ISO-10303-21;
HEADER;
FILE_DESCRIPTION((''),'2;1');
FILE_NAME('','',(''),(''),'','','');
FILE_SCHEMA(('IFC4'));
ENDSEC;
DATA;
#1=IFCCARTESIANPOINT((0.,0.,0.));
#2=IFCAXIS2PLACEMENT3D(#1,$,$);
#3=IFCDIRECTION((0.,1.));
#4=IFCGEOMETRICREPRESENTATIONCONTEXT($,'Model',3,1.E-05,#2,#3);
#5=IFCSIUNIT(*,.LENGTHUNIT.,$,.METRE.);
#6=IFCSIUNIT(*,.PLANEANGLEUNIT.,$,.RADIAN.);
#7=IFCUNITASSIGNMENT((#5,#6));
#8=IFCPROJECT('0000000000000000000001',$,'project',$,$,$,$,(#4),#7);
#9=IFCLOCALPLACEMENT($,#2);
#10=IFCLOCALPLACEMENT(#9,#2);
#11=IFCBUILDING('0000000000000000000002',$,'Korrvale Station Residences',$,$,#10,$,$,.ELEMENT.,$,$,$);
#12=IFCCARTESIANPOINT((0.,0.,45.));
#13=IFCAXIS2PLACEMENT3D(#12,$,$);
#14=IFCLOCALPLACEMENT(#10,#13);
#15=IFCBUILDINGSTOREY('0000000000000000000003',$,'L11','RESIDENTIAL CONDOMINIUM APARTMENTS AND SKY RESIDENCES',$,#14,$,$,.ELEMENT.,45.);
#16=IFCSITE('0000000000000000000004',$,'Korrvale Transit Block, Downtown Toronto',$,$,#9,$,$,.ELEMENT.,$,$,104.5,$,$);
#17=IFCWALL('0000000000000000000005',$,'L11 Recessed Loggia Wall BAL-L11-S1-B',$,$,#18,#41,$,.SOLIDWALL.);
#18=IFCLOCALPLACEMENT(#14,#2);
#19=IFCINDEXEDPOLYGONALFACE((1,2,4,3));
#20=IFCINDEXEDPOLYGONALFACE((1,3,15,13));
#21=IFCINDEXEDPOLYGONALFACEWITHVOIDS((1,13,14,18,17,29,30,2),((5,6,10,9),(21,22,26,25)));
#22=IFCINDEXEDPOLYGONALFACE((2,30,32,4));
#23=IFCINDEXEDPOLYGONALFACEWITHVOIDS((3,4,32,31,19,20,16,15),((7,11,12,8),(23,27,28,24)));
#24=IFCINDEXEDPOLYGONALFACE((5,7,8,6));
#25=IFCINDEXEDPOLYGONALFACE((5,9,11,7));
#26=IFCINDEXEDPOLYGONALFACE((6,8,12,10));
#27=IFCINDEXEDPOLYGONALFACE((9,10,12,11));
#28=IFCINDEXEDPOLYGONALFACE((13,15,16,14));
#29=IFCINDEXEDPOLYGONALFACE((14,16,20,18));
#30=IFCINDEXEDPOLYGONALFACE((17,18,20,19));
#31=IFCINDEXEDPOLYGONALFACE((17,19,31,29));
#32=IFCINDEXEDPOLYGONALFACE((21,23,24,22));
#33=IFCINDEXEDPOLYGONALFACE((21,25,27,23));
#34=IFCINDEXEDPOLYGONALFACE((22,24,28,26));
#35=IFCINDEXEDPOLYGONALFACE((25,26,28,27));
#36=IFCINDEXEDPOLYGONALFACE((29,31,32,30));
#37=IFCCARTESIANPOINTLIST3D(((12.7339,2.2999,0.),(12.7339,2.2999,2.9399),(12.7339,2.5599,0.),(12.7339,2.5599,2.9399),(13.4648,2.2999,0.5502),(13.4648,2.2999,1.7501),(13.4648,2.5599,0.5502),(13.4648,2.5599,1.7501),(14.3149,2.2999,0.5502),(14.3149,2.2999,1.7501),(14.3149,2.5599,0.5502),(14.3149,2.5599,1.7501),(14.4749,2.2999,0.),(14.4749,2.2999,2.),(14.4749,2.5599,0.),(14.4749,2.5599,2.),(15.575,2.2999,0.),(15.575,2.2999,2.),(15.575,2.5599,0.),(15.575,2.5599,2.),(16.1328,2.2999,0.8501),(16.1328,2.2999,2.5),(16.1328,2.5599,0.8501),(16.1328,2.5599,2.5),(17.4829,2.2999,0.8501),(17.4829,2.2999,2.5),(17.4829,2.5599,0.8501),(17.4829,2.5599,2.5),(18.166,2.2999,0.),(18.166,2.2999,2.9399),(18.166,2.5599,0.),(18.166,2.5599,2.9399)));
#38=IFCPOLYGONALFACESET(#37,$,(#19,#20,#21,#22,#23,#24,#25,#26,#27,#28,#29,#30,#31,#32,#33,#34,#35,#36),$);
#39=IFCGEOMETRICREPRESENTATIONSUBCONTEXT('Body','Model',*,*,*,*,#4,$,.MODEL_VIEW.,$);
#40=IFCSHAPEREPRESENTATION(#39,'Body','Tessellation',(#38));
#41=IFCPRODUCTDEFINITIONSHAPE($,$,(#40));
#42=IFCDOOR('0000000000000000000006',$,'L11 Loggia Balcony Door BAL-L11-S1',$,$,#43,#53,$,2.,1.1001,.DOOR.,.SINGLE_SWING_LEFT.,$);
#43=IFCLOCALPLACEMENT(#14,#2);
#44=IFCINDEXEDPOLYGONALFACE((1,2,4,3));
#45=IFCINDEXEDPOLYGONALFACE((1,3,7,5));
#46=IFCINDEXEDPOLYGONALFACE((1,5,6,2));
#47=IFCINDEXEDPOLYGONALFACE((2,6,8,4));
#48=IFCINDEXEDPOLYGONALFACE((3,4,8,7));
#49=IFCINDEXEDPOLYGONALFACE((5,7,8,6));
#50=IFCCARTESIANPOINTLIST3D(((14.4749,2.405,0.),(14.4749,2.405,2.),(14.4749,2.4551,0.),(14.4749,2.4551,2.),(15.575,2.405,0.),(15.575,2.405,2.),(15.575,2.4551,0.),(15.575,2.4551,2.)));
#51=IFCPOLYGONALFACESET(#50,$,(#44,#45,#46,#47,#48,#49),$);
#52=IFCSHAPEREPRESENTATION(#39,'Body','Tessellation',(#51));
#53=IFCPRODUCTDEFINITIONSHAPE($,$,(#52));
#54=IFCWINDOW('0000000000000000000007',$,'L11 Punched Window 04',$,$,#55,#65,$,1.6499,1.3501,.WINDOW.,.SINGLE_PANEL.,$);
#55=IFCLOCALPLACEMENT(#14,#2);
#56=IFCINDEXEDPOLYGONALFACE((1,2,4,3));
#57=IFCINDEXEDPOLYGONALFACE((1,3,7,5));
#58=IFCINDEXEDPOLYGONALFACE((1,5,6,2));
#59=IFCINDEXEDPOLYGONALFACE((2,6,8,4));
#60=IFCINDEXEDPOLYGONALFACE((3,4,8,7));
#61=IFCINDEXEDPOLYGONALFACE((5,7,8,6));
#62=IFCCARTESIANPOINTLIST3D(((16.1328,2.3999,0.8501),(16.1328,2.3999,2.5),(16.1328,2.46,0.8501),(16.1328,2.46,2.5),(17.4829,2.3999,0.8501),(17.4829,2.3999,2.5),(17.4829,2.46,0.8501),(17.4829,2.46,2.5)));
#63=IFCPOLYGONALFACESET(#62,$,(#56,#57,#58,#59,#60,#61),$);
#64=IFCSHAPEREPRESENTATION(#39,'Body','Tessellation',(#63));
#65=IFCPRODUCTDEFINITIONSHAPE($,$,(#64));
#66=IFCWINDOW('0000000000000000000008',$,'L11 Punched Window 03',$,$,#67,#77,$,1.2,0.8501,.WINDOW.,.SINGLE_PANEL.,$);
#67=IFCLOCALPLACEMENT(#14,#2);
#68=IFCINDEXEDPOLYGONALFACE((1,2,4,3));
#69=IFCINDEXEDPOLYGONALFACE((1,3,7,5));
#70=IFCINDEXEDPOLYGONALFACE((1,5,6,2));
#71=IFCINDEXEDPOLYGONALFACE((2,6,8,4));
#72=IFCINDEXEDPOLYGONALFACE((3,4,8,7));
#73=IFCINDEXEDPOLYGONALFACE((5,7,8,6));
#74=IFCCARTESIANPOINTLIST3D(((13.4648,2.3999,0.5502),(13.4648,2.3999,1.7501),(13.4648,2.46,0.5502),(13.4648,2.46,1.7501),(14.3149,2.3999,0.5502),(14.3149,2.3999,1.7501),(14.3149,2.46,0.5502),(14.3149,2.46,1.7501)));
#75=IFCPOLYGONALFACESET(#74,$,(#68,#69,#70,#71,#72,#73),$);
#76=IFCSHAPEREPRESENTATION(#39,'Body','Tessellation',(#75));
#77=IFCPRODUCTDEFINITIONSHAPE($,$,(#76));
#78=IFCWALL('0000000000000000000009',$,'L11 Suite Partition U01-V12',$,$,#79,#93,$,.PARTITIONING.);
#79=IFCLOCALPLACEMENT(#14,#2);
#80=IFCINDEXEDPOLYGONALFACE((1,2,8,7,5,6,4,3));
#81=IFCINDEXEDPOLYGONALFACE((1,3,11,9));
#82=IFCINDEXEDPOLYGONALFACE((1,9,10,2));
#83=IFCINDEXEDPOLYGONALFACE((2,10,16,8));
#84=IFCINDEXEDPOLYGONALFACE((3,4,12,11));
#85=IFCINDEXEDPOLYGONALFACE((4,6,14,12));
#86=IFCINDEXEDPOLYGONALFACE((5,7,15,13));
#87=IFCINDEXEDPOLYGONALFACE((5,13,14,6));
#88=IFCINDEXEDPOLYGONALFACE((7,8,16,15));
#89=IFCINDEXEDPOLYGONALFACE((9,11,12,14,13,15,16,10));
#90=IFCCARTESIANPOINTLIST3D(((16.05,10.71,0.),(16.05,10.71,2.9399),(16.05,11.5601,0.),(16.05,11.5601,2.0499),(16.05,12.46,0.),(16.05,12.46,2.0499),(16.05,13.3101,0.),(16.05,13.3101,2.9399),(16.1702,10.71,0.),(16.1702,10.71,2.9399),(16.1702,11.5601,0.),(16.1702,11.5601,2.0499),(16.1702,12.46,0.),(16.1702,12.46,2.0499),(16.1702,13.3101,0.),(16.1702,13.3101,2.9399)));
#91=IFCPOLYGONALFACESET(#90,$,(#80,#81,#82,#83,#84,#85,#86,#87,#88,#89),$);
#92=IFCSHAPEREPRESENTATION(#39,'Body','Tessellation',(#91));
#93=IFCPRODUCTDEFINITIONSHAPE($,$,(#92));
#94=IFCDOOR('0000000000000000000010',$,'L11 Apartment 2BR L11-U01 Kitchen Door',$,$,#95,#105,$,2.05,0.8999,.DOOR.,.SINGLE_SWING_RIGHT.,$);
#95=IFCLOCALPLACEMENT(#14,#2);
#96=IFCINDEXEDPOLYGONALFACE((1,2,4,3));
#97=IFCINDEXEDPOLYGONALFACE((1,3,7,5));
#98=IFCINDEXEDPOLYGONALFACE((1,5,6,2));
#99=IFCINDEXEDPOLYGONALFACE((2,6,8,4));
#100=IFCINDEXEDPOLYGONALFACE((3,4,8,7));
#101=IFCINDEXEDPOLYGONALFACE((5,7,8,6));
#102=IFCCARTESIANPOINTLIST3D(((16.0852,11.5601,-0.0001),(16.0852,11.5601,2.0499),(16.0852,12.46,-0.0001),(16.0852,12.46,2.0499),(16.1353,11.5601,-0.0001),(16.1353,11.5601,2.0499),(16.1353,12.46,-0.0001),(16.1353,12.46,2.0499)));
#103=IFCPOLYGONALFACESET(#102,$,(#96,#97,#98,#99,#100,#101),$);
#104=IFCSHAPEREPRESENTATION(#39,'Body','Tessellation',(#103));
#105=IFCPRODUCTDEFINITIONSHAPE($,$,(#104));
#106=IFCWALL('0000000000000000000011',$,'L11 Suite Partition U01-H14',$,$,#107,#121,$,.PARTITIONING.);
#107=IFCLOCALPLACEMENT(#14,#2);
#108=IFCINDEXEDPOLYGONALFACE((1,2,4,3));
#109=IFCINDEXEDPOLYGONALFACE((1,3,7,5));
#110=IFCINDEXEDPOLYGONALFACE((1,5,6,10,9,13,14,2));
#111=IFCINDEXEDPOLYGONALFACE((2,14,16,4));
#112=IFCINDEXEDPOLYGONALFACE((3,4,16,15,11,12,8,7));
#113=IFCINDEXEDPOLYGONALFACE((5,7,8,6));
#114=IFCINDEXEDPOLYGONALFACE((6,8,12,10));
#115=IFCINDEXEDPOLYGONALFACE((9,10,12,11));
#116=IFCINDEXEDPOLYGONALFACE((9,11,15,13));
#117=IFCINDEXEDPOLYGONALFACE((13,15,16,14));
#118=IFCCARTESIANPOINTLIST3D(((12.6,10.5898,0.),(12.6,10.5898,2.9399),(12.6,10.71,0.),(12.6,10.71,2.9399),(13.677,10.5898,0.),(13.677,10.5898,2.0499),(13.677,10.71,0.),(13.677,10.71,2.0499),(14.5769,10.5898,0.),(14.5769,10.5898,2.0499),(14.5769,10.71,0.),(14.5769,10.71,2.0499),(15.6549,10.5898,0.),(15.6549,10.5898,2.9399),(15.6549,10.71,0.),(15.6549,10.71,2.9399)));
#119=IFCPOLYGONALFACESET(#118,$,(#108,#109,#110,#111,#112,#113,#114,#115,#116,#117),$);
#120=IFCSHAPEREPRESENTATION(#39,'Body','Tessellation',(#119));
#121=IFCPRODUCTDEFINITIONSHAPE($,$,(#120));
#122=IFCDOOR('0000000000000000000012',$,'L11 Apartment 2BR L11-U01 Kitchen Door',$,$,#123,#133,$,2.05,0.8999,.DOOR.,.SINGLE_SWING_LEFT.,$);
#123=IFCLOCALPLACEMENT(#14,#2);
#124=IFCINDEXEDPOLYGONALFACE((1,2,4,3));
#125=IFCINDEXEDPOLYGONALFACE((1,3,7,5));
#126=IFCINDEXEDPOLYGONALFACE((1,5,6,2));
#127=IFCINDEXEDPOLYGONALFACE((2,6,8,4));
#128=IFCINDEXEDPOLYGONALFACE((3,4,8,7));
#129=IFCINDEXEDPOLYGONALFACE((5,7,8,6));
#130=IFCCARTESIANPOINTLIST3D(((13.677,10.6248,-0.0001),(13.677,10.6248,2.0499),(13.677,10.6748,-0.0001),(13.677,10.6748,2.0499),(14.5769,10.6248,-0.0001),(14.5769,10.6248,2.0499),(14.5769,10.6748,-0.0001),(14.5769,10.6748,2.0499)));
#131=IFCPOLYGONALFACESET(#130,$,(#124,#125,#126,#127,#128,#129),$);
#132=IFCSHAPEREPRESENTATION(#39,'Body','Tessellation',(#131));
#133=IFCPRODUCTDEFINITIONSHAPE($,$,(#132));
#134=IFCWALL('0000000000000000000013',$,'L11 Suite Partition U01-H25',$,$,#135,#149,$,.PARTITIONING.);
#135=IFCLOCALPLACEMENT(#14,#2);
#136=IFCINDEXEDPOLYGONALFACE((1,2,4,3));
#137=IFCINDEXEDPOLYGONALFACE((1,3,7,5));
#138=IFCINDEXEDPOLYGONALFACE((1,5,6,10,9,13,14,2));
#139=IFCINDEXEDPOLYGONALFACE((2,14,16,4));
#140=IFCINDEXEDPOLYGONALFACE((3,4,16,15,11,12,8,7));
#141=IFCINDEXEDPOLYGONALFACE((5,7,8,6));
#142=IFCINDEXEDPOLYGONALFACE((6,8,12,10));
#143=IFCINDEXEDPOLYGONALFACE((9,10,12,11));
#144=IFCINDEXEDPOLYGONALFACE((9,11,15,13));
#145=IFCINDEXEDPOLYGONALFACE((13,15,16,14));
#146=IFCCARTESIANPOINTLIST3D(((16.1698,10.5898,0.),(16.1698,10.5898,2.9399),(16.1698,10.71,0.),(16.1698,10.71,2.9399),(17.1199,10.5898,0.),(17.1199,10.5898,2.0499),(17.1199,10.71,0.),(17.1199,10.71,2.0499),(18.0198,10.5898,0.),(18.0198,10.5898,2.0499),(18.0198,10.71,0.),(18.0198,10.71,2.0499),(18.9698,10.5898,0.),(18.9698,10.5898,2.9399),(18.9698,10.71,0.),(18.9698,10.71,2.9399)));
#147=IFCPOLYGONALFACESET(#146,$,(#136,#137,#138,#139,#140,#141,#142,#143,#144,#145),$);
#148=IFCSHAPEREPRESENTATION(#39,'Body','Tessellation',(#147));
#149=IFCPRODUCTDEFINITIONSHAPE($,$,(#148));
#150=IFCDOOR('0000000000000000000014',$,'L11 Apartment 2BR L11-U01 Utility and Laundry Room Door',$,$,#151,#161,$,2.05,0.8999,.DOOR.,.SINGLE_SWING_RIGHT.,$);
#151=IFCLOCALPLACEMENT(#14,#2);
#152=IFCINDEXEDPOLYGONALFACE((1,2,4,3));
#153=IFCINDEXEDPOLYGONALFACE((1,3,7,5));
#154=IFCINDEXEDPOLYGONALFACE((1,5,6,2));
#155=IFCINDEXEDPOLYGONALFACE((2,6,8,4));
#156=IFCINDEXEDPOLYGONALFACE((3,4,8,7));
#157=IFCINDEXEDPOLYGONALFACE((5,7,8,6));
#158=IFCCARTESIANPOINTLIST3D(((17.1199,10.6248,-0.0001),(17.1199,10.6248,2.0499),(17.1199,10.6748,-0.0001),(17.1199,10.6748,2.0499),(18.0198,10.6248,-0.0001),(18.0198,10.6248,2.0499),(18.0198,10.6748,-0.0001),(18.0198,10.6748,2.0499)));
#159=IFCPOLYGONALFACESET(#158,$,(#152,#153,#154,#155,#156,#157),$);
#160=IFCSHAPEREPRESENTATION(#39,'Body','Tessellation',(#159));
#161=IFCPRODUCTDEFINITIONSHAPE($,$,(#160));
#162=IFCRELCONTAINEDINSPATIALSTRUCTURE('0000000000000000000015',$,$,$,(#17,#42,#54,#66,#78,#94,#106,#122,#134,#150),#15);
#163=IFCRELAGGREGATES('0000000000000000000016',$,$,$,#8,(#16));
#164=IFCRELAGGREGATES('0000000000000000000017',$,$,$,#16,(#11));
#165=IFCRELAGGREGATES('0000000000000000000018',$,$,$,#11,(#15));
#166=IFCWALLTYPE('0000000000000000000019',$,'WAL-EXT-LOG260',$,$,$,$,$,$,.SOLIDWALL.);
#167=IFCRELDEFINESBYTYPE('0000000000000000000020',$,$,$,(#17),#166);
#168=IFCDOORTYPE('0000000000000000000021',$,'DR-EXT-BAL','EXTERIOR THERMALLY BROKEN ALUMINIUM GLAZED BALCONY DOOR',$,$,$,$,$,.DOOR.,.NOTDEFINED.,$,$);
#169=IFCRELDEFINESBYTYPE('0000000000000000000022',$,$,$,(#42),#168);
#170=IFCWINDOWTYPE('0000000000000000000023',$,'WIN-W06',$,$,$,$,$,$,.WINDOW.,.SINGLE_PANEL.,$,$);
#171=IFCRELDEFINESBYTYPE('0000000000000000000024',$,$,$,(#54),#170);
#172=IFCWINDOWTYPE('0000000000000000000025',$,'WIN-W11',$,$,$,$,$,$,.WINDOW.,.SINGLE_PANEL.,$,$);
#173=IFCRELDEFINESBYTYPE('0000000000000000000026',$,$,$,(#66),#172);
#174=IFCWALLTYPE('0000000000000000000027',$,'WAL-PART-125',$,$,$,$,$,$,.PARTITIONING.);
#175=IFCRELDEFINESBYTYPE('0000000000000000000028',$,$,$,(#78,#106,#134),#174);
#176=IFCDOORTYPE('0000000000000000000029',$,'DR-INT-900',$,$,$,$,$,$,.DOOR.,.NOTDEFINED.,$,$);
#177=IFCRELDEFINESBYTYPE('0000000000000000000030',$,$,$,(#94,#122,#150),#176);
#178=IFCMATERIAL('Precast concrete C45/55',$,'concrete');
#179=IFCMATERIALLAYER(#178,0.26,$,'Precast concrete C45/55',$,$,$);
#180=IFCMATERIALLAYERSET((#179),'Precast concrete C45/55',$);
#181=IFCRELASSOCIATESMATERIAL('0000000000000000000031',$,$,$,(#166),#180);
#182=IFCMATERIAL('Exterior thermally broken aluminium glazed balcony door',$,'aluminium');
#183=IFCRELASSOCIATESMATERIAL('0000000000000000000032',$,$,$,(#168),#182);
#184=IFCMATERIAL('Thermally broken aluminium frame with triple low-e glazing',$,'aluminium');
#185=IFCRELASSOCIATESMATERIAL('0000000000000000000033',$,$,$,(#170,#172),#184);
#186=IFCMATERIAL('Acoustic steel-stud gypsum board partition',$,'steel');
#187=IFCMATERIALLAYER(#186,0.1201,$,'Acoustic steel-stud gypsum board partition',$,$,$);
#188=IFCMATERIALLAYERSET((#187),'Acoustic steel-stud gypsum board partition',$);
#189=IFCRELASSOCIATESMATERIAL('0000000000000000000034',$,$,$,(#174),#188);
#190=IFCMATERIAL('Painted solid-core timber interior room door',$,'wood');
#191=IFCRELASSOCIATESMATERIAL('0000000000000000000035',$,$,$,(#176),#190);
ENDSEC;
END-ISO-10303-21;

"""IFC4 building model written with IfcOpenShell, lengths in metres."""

from ifc_helpers import new_model, si_unit, direction, frame, frame_2d, origin, place, context, subcontext, project, spatial, rectangle, extrude, material, layer, layer_set, type_object, element, fill, save


model = new_model("IFC4")

# Units and contexts
model_context = context("Model", 3, precision=1e-05, world=origin(), true_north=direction((0.0, 1.0)))
body_context = subcontext(model_context, "Body", "Model", "MODEL_VIEW")
ifc_project = project(units=[si_unit("LENGTHUNIT", "METRE"), si_unit("PLANEANGLEUNIT", "RADIAN")], contexts=[model_context])

# Site, building, storey
site_placement = place(None, origin())
site = spatial("IfcSite", under=ifc_project, at=site_placement, Name="Korrvale Transit Block, Downtown Toronto", CompositionType="ELEMENT", RefElevation=104.5)
building_placement = place(site_placement, origin())
building = spatial("IfcBuilding", under=site, at=building_placement, Name="Korrvale Station Residences", CompositionType="ELEMENT")
storey_placement = place(building_placement, frame((0.0, 0.0, 45.0)))
storey = spatial("IfcBuildingStorey", under=building, at=storey_placement, Name="L11", Description="RESIDENTIAL CONDOMINIUM APARTMENTS AND SKY RESIDENCES", CompositionType="ELEMENT", Elevation=45.0)

# Wall, openings, door, windows
ifc_material_1 = material(Name="Precast concrete C45/55", Category="concrete")
ifc_layer_1 = layer(ifc_material_1, 0.26, Name="Precast concrete C45/55")
ifc_layer_set_1 = layer_set([ifc_layer_1], Name="Precast concrete C45/55")
wall_type_1 = type_object("IfcWallType", Name="WAL-EXT-LOG260", PredefinedType="SOLIDWALL", material=ifc_layer_set_1)
wall_1_placement = place(storey_placement, frame((18.166, 2.4299, 0.0), z_axis=(0.0, 0.0, 1.0), x_axis=(-1.0, 0.0, 0.0)))
wall_1 = element("IfcWall", 1, at=wall_1_placement, inside=storey, type_object=wall_type_1, Name="L11 Recessed Loggia Wall BAL-L11-S1-B", PredefinedType="SOLIDWALL", context=body_context, shape_type="SweptSolid", body=[
    extrude(rectangle(XDim=5.4321, YDim=0.26, at=frame_2d((2.7161, 0.0))), origin(), (0.0, 0.0, 1.0), 2.9399),
])
opening_1_placement = place(wall_1_placement, frame((2.5911, 0.0, 0.0)))
opening_1 = element("IfcOpeningElement", 2, at=opening_1_placement, cuts=wall_1, PredefinedType="OPENING", context=body_context, shape_type="SweptSolid", body=[
    extrude(rectangle(XDim=1.1001, YDim=2.0, at=frame_2d((0.55, 1.0))), frame((0.0, 0.1401, 0.0), z_axis=(0.0, -1.0, 0.0), x_axis=(1.0, 0.0, 0.0)), (0.0, 0.0, 1.0), 0.28),
])
opening_2_placement = place(wall_1_placement, frame((3.8511, 0.0, 0.55)))
opening_2 = element("IfcOpeningElement", 3, at=opening_2_placement, cuts=wall_1, PredefinedType="OPENING", context=body_context, shape_type="SweptSolid", body=[
    extrude(rectangle(XDim=0.8501, YDim=1.2, at=frame_2d((0.425, 0.6001))), frame((0.0, 0.1401, 0.0), z_axis=(0.0, -1.0, 0.0), x_axis=(1.0, 0.0, 0.0)), (0.0, 0.0, 1.0), 0.28),
])
opening_3_placement = place(wall_1_placement, frame((0.6831, 0.0, 0.8501)))
opening_3 = element("IfcOpeningElement", 4, at=opening_3_placement, cuts=wall_1, PredefinedType="OPENING", context=body_context, shape_type="SweptSolid", body=[
    extrude(rectangle(XDim=1.3501, YDim=1.6499, at=frame_2d((0.675, 0.825))), frame((0.0, 0.1401, 0.0), z_axis=(0.0, -1.0, 0.0), x_axis=(1.0, 0.0, 0.0)), (0.0, 0.0, 1.0), 0.28),
])
ifc_material_2 = material(Name="Exterior thermally broken aluminium glazed balcony door", Category="aluminium")
door_type_1 = type_object("IfcDoorType", Name="DR-EXT-BAL", Description="EXTERIOR THERMALLY BROKEN ALUMINIUM GLAZED BALCONY DOOR", OperationType="NOTDEFINED", PredefinedType="DOOR", material=ifc_material_2)
door_1_placement = place(opening_1_placement, origin())
door_1 = element("IfcDoor", 5, at=door_1_placement, inside=storey, type_object=door_type_1, Name="L11 Loggia Balcony Door BAL-L11-S1", OperationType="SINGLE_SWING_LEFT", OverallHeight=2.0, OverallWidth=1.1001, PredefinedType="DOOR", context=body_context, shape_type="SweptSolid", body=[
    extrude(rectangle(XDim=1.1001, YDim=2.0, at=frame_2d((0.55, 1.0))), frame((0.0, 0.0249, 0.0), z_axis=(0.0, -1.0, 0.0), x_axis=(1.0, 0.0, 0.0)), (0.0, 0.0, 1.0), 0.05),
])
fill(opening_1, door_1)
ifc_material_3 = material(Name="Thermally broken aluminium frame with triple low-e glazing", Category="aluminium")
window_type_1 = type_object("IfcWindowType", Name="WIN-W06", PartitioningType="SINGLE_PANEL", PredefinedType="WINDOW", material=ifc_material_3)
window_1_placement = place(opening_3_placement, origin())
window_1 = element("IfcWindow", 6, at=window_1_placement, inside=storey, type_object=window_type_1, Name="L11 Punched Window 04", OverallHeight=1.6499, OverallWidth=1.3501, PartitioningType="SINGLE_PANEL", PredefinedType="WINDOW", context=body_context, shape_type="SweptSolid", body=[
    extrude(rectangle(XDim=1.3501, YDim=1.6499, at=frame_2d((0.675, 0.825))), frame((0.0, 0.03, 0.0), z_axis=(0.0, -1.0, 0.0), x_axis=(1.0, 0.0, 0.0)), (0.0, 0.0, 1.0), 0.0601),
])
fill(opening_3, window_1)
window_type_2 = type_object("IfcWindowType", Name="WIN-W11", PartitioningType="SINGLE_PANEL", PredefinedType="WINDOW", material=ifc_material_3)
window_2_placement = place(opening_2_placement, origin())
window_2 = element("IfcWindow", 7, at=window_2_placement, inside=storey, type_object=window_type_2, Name="L11 Punched Window 03", OverallHeight=1.2, OverallWidth=0.8501, PartitioningType="SINGLE_PANEL", PredefinedType="WINDOW", context=body_context, shape_type="SweptSolid", body=[
    extrude(rectangle(XDim=0.8501, YDim=1.2, at=frame_2d((0.425, 0.6001))), frame((0.0, 0.03, 0.0), z_axis=(0.0, -1.0, 0.0), x_axis=(1.0, 0.0, 0.0)), (0.0, 0.0, 1.0), 0.0601),
])
fill(opening_2, window_2)

# Walls, openings, doors
ifc_material_4 = material(Name="Acoustic steel-stud gypsum board partition", Category="steel")
ifc_layer_2 = layer(ifc_material_4, 0.1201, Name="Acoustic steel-stud gypsum board partition")
ifc_layer_set_2 = layer_set([ifc_layer_2], Name="Acoustic steel-stud gypsum board partition")
wall_type_2 = type_object("IfcWallType", Name="WAL-PART-125", PredefinedType="PARTITIONING", material=ifc_layer_set_2)
wall_2_placement = place(storey_placement, frame((16.1101, 10.71, 0.0), z_axis=(0.0, 0.0, 1.0), x_axis=(0.0, 1.0, 0.0)))
wall_2 = element("IfcWall", 8, at=wall_2_placement, inside=storey, type_object=wall_type_2, Name="L11 Suite Partition U01-V12", PredefinedType="PARTITIONING", context=body_context, shape_type="SweptSolid", body=[
    extrude(rectangle(XDim=2.6001, YDim=0.1201, at=frame_2d((1.3, 0.0))), origin(), (0.0, 0.0, 1.0), 2.9399),
])
opening_4_placement = place(wall_2_placement, frame((0.8501, 0.0, 0.0)))
opening_4 = element("IfcOpeningElement", 9, at=opening_4_placement, cuts=wall_2, PredefinedType="OPENING", context=body_context, shape_type="SweptSolid", body=[
    extrude(rectangle(XDim=0.8999, YDim=2.05, at=frame_2d((0.45, 1.0249))), frame((0.0, 0.0701, 0.0), z_axis=(0.0, -1.0, 0.0), x_axis=(1.0, 0.0, 0.0)), (0.0, 0.0, 1.0), 0.1401),
])
ifc_material_5 = material(Name="Painted solid-core timber interior room door", Category="wood")
door_type_2 = type_object("IfcDoorType", Name="DR-INT-900", OperationType="NOTDEFINED", PredefinedType="DOOR", material=ifc_material_5)
door_2_placement = place(opening_4_placement, origin())
door_2 = element("IfcDoor", 10, at=door_2_placement, inside=storey, type_object=door_type_2, Name="L11 Apartment 2BR L11-U01 Kitchen Door", OperationType="SINGLE_SWING_RIGHT", OverallHeight=2.05, OverallWidth=0.8999, PredefinedType="DOOR", context=body_context, shape_type="SweptSolid", body=[
    extrude(rectangle(XDim=0.8999, YDim=2.05, at=frame_2d((0.45, 1.0249))), frame((0.0, 0.0249, 0.0), z_axis=(0.0, -1.0, 0.0), x_axis=(1.0, 0.0, 0.0)), (0.0, 0.0, 1.0), 0.05),
])
fill(opening_4, door_2)
wall_3_placement = place(storey_placement, frame((12.6001, 10.6499, 0.0), z_axis=(0.0, 0.0, 1.0), x_axis=(1.0, 0.0, 0.0)))
wall_3 = element("IfcWall", 11, at=wall_3_placement, inside=storey, type_object=wall_type_2, Name="L11 Suite Partition U01-H14", PredefinedType="PARTITIONING", context=body_context, shape_type="SweptSolid", body=[
    extrude(rectangle(XDim=3.0549, YDim=0.1201, at=frame_2d((1.5273, 0.0))), origin(), (0.0, 0.0, 1.0), 2.9399),
])
opening_5_placement = place(wall_3_placement, frame((1.0769, 0.0, 0.0)))
opening_5 = element("IfcOpeningElement", 12, at=opening_5_placement, cuts=wall_3, PredefinedType="OPENING", context=body_context, shape_type="SweptSolid", body=[
    extrude(rectangle(XDim=0.8999, YDim=2.05, at=frame_2d((0.45, 1.0249))), frame((0.0, 0.0701, 0.0), z_axis=(0.0, -1.0, 0.0), x_axis=(1.0, 0.0, 0.0)), (0.0, 0.0, 1.0), 0.1401),
])
door_3_placement = place(opening_5_placement, origin())
door_3 = element("IfcDoor", 13, at=door_3_placement, inside=storey, type_object=door_type_2, Name="L11 Apartment 2BR L11-U01 Kitchen Door", OperationType="SINGLE_SWING_LEFT", OverallHeight=2.05, OverallWidth=0.8999, PredefinedType="DOOR", context=body_context, shape_type="SweptSolid", body=[
    extrude(rectangle(XDim=0.8999, YDim=2.05, at=frame_2d((0.45, 1.0249))), frame((0.0, 0.0249, 0.0), z_axis=(0.0, -1.0, 0.0), x_axis=(1.0, 0.0, 0.0)), (0.0, 0.0, 1.0), 0.05),
])
fill(opening_5, door_3)
wall_4_placement = place(storey_placement, frame((16.1699, 10.6499, 0.0), z_axis=(0.0, 0.0, 1.0), x_axis=(1.0, 0.0, 0.0)))
wall_4 = element("IfcWall", 14, at=wall_4_placement, inside=storey, type_object=wall_type_2, Name="L11 Suite Partition U01-H25", PredefinedType="PARTITIONING", context=body_context, shape_type="SweptSolid", body=[
    extrude(rectangle(XDim=2.8, YDim=0.1201, at=frame_2d((1.3999, 0.0))), origin(), (0.0, 0.0, 1.0), 2.9399),
])
opening_6_placement = place(wall_4_placement, frame((0.95, 0.0, 0.0)))
opening_6 = element("IfcOpeningElement", 15, at=opening_6_placement, cuts=wall_4, PredefinedType="OPENING", context=body_context, shape_type="SweptSolid", body=[
    extrude(rectangle(XDim=0.8999, YDim=2.05, at=frame_2d((0.45, 1.0249))), frame((0.0, 0.0701, 0.0), z_axis=(0.0, -1.0, 0.0), x_axis=(1.0, 0.0, 0.0)), (0.0, 0.0, 1.0), 0.1401),
])
door_4_placement = place(opening_6_placement, origin())
door_4 = element("IfcDoor", 16, at=door_4_placement, inside=storey, type_object=door_type_2, Name="L11 Apartment 2BR L11-U01 Utility and Laundry Room Door", OperationType="SINGLE_SWING_RIGHT", OverallHeight=2.05, OverallWidth=0.8999, PredefinedType="DOOR", context=body_context, shape_type="SweptSolid", body=[
    extrude(rectangle(XDim=0.8999, YDim=2.05, at=frame_2d((0.45, 1.0249))), frame((0.0, 0.0249, 0.0), z_axis=(0.0, -1.0, 0.0), x_axis=(1.0, 0.0, 0.0)), (0.0, 0.0, 1.0), 0.05),
])
fill(opening_6, door_4)

save(model, "model.ifc")
